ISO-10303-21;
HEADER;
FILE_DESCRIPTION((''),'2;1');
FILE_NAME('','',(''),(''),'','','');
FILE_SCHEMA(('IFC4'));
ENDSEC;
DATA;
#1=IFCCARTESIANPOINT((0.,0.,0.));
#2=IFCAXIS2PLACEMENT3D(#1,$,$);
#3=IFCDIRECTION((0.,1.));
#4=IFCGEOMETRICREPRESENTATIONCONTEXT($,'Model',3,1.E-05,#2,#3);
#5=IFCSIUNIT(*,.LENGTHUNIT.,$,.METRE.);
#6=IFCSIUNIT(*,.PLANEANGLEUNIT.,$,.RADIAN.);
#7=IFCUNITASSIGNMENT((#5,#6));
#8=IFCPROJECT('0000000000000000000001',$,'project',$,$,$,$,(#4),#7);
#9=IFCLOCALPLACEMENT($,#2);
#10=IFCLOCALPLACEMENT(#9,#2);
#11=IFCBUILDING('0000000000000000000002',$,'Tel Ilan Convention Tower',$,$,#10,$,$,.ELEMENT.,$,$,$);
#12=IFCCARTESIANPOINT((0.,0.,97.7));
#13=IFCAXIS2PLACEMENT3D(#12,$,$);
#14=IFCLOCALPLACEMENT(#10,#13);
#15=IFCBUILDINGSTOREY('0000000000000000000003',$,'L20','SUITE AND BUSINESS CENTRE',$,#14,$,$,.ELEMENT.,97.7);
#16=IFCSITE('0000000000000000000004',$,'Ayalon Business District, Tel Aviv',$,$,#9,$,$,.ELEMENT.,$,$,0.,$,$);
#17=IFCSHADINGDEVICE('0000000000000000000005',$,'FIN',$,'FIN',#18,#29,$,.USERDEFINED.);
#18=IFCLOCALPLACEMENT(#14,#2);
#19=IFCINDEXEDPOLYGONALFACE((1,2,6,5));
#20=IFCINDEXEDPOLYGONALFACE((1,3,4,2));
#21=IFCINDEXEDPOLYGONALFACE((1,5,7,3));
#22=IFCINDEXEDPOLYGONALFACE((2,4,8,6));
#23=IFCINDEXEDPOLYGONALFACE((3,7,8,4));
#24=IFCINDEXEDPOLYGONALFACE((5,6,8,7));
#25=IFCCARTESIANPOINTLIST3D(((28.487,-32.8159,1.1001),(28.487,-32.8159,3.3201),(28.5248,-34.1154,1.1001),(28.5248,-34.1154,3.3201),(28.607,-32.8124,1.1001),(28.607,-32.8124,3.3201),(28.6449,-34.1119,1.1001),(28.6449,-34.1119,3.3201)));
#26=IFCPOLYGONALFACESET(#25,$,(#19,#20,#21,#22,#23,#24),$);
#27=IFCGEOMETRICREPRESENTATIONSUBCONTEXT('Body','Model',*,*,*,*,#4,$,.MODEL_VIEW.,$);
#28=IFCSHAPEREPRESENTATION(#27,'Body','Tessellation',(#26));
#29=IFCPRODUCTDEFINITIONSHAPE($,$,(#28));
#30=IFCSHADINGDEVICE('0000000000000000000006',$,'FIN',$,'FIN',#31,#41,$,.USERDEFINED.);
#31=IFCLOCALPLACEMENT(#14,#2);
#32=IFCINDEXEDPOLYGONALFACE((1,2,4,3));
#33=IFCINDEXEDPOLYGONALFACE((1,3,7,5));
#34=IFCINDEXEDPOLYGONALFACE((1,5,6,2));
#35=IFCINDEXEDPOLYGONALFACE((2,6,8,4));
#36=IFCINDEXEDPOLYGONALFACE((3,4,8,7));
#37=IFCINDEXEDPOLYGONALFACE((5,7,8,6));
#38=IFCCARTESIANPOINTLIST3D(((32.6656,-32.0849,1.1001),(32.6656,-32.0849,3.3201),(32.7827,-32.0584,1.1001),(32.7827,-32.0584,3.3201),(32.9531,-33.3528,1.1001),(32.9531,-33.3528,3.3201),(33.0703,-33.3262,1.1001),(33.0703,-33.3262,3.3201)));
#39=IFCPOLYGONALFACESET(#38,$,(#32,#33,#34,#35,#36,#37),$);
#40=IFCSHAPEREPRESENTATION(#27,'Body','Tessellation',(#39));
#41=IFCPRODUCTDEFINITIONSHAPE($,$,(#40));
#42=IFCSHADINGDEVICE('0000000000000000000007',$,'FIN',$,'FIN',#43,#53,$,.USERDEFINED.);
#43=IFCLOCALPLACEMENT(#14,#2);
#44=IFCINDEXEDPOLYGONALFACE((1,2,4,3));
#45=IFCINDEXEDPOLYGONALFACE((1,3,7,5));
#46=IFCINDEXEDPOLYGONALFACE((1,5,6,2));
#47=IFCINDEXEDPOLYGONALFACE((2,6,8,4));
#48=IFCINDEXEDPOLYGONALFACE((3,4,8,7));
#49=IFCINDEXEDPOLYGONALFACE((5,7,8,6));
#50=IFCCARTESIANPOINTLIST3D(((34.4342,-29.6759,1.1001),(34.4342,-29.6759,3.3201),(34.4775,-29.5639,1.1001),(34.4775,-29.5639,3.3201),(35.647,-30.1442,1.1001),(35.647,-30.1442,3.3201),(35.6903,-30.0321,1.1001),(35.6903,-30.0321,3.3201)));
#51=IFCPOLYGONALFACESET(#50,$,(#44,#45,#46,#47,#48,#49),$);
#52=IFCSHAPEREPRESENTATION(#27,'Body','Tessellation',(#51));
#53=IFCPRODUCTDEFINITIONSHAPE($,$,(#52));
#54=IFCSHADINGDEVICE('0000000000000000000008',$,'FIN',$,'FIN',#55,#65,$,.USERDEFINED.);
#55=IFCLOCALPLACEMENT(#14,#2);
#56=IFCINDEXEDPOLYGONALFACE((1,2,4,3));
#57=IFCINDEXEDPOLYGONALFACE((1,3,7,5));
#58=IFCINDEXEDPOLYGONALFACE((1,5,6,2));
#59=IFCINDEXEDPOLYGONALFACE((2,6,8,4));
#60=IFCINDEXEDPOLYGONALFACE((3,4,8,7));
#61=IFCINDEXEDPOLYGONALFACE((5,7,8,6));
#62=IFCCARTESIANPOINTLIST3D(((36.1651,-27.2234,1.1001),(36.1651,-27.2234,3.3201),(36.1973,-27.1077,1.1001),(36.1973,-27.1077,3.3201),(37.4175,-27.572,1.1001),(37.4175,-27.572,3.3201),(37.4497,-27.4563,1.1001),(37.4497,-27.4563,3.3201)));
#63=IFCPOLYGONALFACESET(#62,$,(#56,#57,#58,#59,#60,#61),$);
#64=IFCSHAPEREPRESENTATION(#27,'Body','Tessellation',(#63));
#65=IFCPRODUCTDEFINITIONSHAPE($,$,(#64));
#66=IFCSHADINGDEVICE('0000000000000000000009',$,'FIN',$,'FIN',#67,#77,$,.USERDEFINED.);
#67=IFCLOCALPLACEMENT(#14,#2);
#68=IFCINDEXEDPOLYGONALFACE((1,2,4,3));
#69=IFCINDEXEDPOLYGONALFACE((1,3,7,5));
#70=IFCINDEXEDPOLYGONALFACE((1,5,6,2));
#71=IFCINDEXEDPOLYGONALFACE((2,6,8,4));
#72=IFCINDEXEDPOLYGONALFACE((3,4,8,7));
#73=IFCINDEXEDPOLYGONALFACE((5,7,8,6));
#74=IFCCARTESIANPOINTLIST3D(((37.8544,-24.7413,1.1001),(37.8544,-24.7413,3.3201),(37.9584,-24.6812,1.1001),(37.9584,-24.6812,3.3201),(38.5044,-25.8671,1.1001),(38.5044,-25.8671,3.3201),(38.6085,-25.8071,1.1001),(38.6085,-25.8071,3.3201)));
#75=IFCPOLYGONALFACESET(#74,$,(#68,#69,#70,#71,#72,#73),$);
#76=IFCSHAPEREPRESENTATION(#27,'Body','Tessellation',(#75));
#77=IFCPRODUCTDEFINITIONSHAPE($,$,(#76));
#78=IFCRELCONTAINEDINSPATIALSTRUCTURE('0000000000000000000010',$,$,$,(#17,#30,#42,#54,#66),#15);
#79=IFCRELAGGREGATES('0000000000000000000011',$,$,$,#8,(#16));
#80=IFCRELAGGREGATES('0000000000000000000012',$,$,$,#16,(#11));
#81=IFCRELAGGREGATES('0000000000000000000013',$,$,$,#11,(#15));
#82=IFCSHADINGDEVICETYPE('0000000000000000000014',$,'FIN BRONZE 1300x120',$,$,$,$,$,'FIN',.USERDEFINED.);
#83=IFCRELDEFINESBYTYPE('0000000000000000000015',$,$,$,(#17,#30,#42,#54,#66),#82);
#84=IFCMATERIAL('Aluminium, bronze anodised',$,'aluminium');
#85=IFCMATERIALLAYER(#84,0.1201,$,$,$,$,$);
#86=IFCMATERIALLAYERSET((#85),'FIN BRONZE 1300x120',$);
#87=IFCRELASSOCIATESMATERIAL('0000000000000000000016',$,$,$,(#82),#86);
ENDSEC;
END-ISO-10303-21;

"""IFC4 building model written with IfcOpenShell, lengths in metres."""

from ifc_helpers import new_model, si_unit, direction, frame, origin, origin_2d, place, context, subcontext, project, spatial, rectangle, extrude, material, layer, layer_set, type_object, element, save


model = new_model("IFC4")

# Units and contexts
model_context = context("Model", 3, precision=1e-05, world=origin(), true_north=direction((0.0, 1.0)))
body_context = subcontext(model_context, "Body", "Model", "MODEL_VIEW")
ifc_project = project(units=[si_unit("LENGTHUNIT", "METRE"), si_unit("PLANEANGLEUNIT", "RADIAN")], contexts=[model_context])

# Site, building, storey
site_placement = place(None, origin())
site = spatial("IfcSite", under=ifc_project, at=site_placement, Name="Ayalon Business District, Tel Aviv", CompositionType="ELEMENT", RefElevation=0.0)
building_placement = place(site_placement, origin())
building = spatial("IfcBuilding", under=site, at=building_placement, Name="Tel Ilan Convention Tower", CompositionType="ELEMENT")
storey_placement = place(building_placement, frame((0.0, 0.0, 97.7)))
storey = spatial("IfcBuildingStorey", under=building, at=storey_placement, Name="L20", Description="SUITE AND BUSINESS CENTRE", CompositionType="ELEMENT", Elevation=97.7)

# Shading devices
ifc_material_1 = material(Name="Aluminium, bronze anodised", Category="aluminium")
ifc_layer_1 = layer(ifc_material_1, 0.1201)
ifc_layer_set_1 = layer_set([ifc_layer_1], Name="FIN BRONZE 1300x120")
shading_device_type = type_object("IfcShadingDeviceType", Name="FIN BRONZE 1300x120", ElementType="FIN", PredefinedType="USERDEFINED", material=ifc_layer_set_1)
for number, where, z_axis, x_axis, name in (
    (1, (28.5659, -33.4639, 1.1001), (0.0, 0.0, 1.0), (0.029085, -0.999577, 0.0), "FIN"),
    (2, (32.8679, -32.7056, 1.1001), (0.0, 0.0, 1.0), (0.22117, -0.975235, 0.0), "FIN"),
    (3, (35.0623, -29.854, 1.1001), (0.0, 0.0, 1.0), (0.932884, -0.360178, 0.0), "FIN"),
    (4, (36.8074, -27.3398, 1.1001), (0.0, 0.0, 1.0), (0.963371, -0.268173, 0.0), "FIN"),
    (5, (38.2314, -25.2742, 1.1001), (0.0, 0.0, 1.0), (0.5, -0.866025, 0.0), "FIN"),
):
    element("IfcShadingDevice", number, at=place(storey_placement, frame(where, z_axis=z_axis, x_axis=x_axis)), inside=storey, type_object=shading_device_type, Name=name, ObjectType="FIN", PredefinedType="USERDEFINED", context=body_context, shape_type="SweptSolid", body=[
        extrude(rectangle(XDim=1.3, YDim=0.1201, at=origin_2d()), origin(), (0.0, 0.0, 1.0), 2.22),
    ])

save(model, "model.ifc")
